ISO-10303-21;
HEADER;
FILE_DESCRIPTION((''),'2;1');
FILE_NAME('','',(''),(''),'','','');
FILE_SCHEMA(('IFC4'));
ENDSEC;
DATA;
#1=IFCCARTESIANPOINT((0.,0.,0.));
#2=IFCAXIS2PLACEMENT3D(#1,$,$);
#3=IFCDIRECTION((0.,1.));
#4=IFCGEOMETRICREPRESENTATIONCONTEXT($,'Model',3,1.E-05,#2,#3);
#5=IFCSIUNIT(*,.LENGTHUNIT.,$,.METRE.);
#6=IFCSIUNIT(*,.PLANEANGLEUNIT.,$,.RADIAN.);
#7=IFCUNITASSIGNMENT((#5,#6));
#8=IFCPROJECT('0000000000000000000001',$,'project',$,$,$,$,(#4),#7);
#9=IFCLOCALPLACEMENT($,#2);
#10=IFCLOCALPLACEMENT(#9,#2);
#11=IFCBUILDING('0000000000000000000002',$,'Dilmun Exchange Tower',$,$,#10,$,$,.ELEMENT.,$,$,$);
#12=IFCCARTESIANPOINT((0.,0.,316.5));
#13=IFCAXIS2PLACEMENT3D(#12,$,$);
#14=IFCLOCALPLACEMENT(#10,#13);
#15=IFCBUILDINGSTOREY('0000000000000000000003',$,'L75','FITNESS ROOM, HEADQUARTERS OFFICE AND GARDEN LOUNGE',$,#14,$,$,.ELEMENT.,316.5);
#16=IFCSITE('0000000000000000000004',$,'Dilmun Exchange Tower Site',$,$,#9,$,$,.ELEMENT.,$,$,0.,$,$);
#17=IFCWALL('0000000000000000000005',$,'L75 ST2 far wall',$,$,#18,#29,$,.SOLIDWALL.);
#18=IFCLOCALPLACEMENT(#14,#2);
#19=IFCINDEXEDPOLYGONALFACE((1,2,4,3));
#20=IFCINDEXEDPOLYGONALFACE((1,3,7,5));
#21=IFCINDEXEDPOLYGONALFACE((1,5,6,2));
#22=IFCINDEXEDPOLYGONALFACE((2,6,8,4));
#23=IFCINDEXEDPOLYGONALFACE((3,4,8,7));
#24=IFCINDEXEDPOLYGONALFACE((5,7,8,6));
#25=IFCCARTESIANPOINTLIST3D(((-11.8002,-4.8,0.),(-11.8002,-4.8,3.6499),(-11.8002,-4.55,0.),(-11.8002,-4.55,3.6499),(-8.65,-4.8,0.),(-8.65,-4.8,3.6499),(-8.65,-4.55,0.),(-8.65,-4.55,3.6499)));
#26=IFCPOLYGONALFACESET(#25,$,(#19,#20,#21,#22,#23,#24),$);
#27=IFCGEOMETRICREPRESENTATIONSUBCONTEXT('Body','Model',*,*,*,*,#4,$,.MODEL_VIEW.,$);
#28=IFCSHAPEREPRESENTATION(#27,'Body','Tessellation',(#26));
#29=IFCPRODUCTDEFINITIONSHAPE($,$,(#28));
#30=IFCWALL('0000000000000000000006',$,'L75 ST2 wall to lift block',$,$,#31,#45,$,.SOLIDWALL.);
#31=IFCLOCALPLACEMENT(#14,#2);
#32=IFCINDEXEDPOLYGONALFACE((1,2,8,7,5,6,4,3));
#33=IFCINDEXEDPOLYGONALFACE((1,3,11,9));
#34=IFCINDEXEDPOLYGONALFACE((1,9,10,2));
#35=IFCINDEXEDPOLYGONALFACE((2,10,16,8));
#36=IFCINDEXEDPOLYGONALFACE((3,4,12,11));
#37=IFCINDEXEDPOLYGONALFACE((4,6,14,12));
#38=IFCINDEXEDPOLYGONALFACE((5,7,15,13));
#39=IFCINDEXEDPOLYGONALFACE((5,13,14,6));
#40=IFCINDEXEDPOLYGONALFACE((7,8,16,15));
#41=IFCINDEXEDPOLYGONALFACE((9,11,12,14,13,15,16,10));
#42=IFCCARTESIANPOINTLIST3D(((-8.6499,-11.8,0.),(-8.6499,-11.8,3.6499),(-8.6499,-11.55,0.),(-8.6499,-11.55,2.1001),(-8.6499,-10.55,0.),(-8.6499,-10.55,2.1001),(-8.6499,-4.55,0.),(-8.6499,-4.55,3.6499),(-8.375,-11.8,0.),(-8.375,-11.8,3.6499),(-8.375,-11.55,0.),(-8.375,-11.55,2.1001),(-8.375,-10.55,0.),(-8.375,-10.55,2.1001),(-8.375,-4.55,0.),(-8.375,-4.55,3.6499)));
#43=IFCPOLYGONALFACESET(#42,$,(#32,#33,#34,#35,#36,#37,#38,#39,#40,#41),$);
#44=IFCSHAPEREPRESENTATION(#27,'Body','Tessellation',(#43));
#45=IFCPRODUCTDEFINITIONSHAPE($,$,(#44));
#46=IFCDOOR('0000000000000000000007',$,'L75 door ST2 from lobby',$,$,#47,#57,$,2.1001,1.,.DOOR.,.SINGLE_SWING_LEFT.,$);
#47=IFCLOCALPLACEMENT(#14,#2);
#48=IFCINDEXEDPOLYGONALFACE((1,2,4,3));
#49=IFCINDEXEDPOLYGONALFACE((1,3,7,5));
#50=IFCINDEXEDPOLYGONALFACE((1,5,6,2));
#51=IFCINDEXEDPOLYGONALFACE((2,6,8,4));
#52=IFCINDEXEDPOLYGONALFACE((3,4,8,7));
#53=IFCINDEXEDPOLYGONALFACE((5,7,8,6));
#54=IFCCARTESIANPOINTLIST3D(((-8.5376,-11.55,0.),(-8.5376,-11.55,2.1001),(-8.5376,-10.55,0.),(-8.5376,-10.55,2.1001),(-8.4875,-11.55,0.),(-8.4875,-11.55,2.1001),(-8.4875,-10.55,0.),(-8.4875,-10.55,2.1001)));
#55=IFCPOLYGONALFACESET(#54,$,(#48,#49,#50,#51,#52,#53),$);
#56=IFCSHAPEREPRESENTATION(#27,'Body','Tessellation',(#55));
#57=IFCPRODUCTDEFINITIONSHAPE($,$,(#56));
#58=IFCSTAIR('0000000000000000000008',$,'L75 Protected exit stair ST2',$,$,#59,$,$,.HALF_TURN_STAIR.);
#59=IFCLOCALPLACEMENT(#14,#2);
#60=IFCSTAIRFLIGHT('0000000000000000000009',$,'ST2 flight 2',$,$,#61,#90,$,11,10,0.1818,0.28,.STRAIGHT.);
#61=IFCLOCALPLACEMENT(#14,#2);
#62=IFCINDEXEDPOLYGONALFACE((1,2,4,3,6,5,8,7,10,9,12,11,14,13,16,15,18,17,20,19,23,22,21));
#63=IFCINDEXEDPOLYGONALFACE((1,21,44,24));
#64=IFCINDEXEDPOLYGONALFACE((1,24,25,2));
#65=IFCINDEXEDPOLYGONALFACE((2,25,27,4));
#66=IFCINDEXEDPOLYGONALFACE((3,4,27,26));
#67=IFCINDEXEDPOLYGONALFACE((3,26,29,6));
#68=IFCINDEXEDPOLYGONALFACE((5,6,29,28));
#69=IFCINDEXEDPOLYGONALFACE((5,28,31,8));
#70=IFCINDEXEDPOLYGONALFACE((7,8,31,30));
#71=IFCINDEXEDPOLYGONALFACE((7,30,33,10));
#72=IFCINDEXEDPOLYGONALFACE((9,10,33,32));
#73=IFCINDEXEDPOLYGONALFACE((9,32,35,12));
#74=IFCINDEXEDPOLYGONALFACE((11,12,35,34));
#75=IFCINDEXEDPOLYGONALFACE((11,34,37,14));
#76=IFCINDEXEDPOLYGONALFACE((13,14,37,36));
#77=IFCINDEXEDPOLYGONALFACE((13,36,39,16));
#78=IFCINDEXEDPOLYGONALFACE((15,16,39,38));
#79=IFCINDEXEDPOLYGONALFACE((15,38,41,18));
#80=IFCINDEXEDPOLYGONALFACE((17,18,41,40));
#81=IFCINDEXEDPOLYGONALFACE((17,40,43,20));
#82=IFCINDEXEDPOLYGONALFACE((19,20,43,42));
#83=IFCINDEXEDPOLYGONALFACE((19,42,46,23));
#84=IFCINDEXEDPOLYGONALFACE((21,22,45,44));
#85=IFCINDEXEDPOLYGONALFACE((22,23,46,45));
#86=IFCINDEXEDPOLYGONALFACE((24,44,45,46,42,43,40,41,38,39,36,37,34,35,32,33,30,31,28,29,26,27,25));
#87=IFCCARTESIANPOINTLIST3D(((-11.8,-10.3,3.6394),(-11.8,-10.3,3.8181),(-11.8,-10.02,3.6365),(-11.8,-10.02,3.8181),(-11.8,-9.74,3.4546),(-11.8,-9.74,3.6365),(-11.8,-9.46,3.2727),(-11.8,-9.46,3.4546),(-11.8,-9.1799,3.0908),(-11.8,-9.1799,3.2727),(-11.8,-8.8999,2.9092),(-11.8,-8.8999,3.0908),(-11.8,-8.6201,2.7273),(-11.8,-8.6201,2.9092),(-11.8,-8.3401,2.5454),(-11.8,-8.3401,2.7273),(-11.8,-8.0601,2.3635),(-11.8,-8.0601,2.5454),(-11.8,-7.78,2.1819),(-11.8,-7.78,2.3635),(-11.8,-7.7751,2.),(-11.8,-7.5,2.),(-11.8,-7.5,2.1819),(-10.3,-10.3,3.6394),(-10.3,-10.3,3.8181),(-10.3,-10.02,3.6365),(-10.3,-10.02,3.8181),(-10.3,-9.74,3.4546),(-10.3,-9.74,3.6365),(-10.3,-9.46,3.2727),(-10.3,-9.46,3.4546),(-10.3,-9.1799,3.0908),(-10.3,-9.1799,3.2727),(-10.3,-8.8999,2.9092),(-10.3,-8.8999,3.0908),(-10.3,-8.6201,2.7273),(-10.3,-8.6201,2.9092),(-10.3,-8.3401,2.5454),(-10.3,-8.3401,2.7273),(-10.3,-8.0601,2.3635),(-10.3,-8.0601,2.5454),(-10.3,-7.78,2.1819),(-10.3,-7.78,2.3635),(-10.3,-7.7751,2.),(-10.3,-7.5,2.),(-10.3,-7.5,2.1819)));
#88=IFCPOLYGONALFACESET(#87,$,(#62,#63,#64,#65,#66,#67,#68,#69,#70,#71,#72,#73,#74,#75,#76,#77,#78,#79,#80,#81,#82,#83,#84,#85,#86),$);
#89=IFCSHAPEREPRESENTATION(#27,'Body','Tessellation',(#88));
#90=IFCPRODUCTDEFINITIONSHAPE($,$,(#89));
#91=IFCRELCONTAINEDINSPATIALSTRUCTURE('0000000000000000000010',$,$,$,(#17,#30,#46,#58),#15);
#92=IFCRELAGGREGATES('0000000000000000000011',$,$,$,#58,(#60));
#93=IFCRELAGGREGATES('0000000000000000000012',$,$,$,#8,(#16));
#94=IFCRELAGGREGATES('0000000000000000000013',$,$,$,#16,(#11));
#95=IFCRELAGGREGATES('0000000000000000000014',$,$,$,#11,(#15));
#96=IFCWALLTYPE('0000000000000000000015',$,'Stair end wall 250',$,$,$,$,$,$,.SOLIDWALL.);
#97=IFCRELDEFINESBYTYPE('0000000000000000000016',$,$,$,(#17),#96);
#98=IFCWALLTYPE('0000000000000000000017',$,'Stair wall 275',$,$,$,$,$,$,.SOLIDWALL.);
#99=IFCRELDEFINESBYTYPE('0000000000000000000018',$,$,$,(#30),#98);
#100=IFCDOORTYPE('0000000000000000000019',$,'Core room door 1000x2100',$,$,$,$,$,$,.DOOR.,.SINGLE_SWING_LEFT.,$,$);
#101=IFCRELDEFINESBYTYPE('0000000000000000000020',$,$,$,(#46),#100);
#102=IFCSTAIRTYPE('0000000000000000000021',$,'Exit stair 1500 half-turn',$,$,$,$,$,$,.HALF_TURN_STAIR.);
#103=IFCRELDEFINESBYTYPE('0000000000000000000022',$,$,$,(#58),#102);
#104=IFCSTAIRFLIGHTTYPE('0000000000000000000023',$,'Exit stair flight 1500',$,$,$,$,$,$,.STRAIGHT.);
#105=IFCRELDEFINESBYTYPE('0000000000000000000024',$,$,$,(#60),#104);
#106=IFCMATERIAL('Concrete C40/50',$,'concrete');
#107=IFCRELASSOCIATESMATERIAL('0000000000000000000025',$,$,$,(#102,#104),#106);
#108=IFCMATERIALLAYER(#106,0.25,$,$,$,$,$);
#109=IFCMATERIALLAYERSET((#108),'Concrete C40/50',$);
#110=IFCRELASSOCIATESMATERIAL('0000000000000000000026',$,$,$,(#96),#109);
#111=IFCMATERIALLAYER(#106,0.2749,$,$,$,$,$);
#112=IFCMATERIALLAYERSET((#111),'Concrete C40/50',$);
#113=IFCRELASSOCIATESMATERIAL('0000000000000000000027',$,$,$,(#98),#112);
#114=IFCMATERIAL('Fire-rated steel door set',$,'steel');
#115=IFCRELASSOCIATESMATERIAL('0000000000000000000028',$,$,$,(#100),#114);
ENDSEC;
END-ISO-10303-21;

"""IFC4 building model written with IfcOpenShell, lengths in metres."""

from ifc_helpers import new_model, si_unit, direction, frame, frame_2d, origin, place, context, subcontext, project, spatial, polyline, rectangle, outline, extrude, material, layer, layer_set, type_object, element, fill, aggregate, save


model = new_model("IFC4")

# Units and contexts
model_context = context("Model", 3, precision=1e-05, world=origin(), true_north=direction((0.0, 1.0)))
body_context = subcontext(model_context, "Body", "Model", "MODEL_VIEW")
ifc_project = project(units=[si_unit("LENGTHUNIT", "METRE"), si_unit("PLANEANGLEUNIT", "RADIAN")], contexts=[model_context])

# Site, building, storey
site_placement = place(None, origin())
site = spatial("IfcSite", under=ifc_project, at=site_placement, Name="Dilmun Exchange Tower Site", CompositionType="ELEMENT", RefElevation=0.0)
building_placement = place(site_placement, origin())
building = spatial("IfcBuilding", under=site, at=building_placement, Name="Dilmun Exchange Tower", CompositionType="ELEMENT")
storey_placement = place(building_placement, frame((0.0, 0.0, 316.5)))
storey = spatial("IfcBuildingStorey", under=building, at=storey_placement, Name="L75", Description="FITNESS ROOM, HEADQUARTERS OFFICE AND GARDEN LOUNGE", CompositionType="ELEMENT", Elevation=316.5)

# Shared definitions
ifc_material_1 = material(Name="Concrete C40/50", Category="concrete")
stair_type = type_object("IfcStairType", Name="Exit stair 1500 half-turn", PredefinedType="HALF_TURN_STAIR", material=ifc_material_1)

# Wall
ifc_layer_1 = layer(ifc_material_1, 0.25)
ifc_layer_set_1 = layer_set([ifc_layer_1], Name="Concrete C40/50")
wall_type_1 = type_object("IfcWallType", Name="Stair end wall 250", PredefinedType="SOLIDWALL", material=ifc_layer_set_1)
wall_1_placement = place(storey_placement, frame((-8.6499, -4.675, 0.0), z_axis=(0.0, 0.0, 1.0), x_axis=(-1.0, 0.0, 0.0)))
element("IfcWall", 1, at=wall_1_placement, inside=storey, type_object=wall_type_1, Name="L75 ST2 far wall", PredefinedType="SOLIDWALL", context=body_context, shape_type="SweptSolid", body=[
    extrude(rectangle(XDim=3.1501, YDim=0.25, at=frame_2d((1.5752, 0.0))), origin(), (0.0, 0.0, 1.0), 3.6499),
])

# Wall, opening, door
ifc_layer_2 = layer(ifc_material_1, 0.2749)
ifc_layer_set_2 = layer_set([ifc_layer_2], Name="Concrete C40/50")
wall_type_2 = type_object("IfcWallType", Name="Stair wall 275", PredefinedType="SOLIDWALL", material=ifc_layer_set_2)
wall_2_placement = place(storey_placement, frame((-8.5125, -4.55, 0.0), z_axis=(0.0, 0.0, 1.0), x_axis=(0.0, -1.0, 0.0)))
wall_2 = element("IfcWall", 2, at=wall_2_placement, inside=storey, type_object=wall_type_2, Name="L75 ST2 wall to lift block", PredefinedType="SOLIDWALL", context=body_context, shape_type="SweptSolid", body=[
    extrude(rectangle(XDim=7.25, YDim=0.2749, at=frame_2d((3.625, 0.0))), origin(), (0.0, 0.0, 1.0), 3.6499),
])
opening_placement = place(wall_2_placement, frame((6.0, 0.0, 0.0)))
opening = element("IfcOpeningElement", 3, at=opening_placement, cuts=wall_2, PredefinedType="OPENING", context=body_context, shape_type="SweptSolid", body=[
    extrude(rectangle(XDim=1.0, YDim=2.1001, at=frame_2d((0.5, 1.05))), frame((0.0, 0.1475, 0.0), z_axis=(0.0, -1.0, 0.0), x_axis=(1.0, 0.0, 0.0)), (0.0, 0.0, 1.0), 0.2949),
])
ifc_material_2 = material(Name="Fire-rated steel door set", Category="steel")
door_type = type_object("IfcDoorType", Name="Core room door 1000x2100", OperationType="SINGLE_SWING_LEFT", PredefinedType="DOOR", material=ifc_material_2)
door_placement = place(opening_placement, origin())
door = element("IfcDoor", 4, at=door_placement, inside=storey, type_object=door_type, Name="L75 door ST2 from lobby", OperationType="SINGLE_SWING_LEFT", OverallHeight=2.1001, OverallWidth=1.0, PredefinedType="DOOR", context=body_context, shape_type="SweptSolid", body=[
    extrude(rectangle(XDim=1.0, YDim=2.1001, at=frame_2d((0.5, 1.05))), frame((0.0, 0.0249, 0.0), z_axis=(0.0, -1.0, 0.0), x_axis=(1.0, 0.0, 0.0)), (0.0, 0.0, 1.0), 0.05),
])
fill(opening, door)

# Stair, stair flight
stair_1_placement = place(storey_placement, origin())
stair_1 = element("IfcStair", 5, at=stair_1_placement, inside=storey, type_object=stair_type, Name="L75 Protected exit stair ST2", PredefinedType="HALF_TURN_STAIR")
stair_flight_type = type_object("IfcStairFlightType", Name="Exit stair flight 1500", PredefinedType="STRAIGHT", material=ifc_material_1)
stair_flight_placement = place(storey_placement, frame((-11.05, -7.5, 2.0), z_axis=(0.0, 0.0, 1.0), x_axis=(0.0, -1.0, 0.0)))
stair_flight = element("IfcStairFlight", 6, at=stair_flight_placement, type_object=stair_flight_type, Name="ST2 flight 2", NumberOfRisers=11, NumberOfTreads=10, PredefinedType="STRAIGHT", RiserHeight=0.1818, TreadLength=0.28, context=body_context, shape_type="SweptSolid", body=[
    extrude(outline(polyline([(0.0, 0.0), (0.0, 0.1819), (0.28, 0.1819), (0.28, 0.3635), (0.5601, 0.3635), (0.5601, 0.5454), (0.8401, 0.5454), (0.8401, 0.7273), (1.1201, 0.7273), (1.1201, 0.9092), (1.3999, 0.9092), (1.3999, 1.0908), (1.6799, 1.0908), (1.6799, 1.2727), (1.96, 1.2727), (1.96, 1.4546), (2.24, 1.4546), (2.24, 1.6365), (2.52, 1.6365), (2.52, 1.8181), (2.8, 1.8181), (2.8, 2.0), (2.8, 1.6394), (0.2751, 0.0), (0.0, 0.0)])), frame((0.0, 0.75, 0.0), z_axis=(0.0, -1.0, 0.0), x_axis=(1.0, 0.0, 0.0)), (0.0, 0.0, 1.0), 1.5),
])
aggregate(stair_1, [stair_flight])

save(model, "model.ifc")
